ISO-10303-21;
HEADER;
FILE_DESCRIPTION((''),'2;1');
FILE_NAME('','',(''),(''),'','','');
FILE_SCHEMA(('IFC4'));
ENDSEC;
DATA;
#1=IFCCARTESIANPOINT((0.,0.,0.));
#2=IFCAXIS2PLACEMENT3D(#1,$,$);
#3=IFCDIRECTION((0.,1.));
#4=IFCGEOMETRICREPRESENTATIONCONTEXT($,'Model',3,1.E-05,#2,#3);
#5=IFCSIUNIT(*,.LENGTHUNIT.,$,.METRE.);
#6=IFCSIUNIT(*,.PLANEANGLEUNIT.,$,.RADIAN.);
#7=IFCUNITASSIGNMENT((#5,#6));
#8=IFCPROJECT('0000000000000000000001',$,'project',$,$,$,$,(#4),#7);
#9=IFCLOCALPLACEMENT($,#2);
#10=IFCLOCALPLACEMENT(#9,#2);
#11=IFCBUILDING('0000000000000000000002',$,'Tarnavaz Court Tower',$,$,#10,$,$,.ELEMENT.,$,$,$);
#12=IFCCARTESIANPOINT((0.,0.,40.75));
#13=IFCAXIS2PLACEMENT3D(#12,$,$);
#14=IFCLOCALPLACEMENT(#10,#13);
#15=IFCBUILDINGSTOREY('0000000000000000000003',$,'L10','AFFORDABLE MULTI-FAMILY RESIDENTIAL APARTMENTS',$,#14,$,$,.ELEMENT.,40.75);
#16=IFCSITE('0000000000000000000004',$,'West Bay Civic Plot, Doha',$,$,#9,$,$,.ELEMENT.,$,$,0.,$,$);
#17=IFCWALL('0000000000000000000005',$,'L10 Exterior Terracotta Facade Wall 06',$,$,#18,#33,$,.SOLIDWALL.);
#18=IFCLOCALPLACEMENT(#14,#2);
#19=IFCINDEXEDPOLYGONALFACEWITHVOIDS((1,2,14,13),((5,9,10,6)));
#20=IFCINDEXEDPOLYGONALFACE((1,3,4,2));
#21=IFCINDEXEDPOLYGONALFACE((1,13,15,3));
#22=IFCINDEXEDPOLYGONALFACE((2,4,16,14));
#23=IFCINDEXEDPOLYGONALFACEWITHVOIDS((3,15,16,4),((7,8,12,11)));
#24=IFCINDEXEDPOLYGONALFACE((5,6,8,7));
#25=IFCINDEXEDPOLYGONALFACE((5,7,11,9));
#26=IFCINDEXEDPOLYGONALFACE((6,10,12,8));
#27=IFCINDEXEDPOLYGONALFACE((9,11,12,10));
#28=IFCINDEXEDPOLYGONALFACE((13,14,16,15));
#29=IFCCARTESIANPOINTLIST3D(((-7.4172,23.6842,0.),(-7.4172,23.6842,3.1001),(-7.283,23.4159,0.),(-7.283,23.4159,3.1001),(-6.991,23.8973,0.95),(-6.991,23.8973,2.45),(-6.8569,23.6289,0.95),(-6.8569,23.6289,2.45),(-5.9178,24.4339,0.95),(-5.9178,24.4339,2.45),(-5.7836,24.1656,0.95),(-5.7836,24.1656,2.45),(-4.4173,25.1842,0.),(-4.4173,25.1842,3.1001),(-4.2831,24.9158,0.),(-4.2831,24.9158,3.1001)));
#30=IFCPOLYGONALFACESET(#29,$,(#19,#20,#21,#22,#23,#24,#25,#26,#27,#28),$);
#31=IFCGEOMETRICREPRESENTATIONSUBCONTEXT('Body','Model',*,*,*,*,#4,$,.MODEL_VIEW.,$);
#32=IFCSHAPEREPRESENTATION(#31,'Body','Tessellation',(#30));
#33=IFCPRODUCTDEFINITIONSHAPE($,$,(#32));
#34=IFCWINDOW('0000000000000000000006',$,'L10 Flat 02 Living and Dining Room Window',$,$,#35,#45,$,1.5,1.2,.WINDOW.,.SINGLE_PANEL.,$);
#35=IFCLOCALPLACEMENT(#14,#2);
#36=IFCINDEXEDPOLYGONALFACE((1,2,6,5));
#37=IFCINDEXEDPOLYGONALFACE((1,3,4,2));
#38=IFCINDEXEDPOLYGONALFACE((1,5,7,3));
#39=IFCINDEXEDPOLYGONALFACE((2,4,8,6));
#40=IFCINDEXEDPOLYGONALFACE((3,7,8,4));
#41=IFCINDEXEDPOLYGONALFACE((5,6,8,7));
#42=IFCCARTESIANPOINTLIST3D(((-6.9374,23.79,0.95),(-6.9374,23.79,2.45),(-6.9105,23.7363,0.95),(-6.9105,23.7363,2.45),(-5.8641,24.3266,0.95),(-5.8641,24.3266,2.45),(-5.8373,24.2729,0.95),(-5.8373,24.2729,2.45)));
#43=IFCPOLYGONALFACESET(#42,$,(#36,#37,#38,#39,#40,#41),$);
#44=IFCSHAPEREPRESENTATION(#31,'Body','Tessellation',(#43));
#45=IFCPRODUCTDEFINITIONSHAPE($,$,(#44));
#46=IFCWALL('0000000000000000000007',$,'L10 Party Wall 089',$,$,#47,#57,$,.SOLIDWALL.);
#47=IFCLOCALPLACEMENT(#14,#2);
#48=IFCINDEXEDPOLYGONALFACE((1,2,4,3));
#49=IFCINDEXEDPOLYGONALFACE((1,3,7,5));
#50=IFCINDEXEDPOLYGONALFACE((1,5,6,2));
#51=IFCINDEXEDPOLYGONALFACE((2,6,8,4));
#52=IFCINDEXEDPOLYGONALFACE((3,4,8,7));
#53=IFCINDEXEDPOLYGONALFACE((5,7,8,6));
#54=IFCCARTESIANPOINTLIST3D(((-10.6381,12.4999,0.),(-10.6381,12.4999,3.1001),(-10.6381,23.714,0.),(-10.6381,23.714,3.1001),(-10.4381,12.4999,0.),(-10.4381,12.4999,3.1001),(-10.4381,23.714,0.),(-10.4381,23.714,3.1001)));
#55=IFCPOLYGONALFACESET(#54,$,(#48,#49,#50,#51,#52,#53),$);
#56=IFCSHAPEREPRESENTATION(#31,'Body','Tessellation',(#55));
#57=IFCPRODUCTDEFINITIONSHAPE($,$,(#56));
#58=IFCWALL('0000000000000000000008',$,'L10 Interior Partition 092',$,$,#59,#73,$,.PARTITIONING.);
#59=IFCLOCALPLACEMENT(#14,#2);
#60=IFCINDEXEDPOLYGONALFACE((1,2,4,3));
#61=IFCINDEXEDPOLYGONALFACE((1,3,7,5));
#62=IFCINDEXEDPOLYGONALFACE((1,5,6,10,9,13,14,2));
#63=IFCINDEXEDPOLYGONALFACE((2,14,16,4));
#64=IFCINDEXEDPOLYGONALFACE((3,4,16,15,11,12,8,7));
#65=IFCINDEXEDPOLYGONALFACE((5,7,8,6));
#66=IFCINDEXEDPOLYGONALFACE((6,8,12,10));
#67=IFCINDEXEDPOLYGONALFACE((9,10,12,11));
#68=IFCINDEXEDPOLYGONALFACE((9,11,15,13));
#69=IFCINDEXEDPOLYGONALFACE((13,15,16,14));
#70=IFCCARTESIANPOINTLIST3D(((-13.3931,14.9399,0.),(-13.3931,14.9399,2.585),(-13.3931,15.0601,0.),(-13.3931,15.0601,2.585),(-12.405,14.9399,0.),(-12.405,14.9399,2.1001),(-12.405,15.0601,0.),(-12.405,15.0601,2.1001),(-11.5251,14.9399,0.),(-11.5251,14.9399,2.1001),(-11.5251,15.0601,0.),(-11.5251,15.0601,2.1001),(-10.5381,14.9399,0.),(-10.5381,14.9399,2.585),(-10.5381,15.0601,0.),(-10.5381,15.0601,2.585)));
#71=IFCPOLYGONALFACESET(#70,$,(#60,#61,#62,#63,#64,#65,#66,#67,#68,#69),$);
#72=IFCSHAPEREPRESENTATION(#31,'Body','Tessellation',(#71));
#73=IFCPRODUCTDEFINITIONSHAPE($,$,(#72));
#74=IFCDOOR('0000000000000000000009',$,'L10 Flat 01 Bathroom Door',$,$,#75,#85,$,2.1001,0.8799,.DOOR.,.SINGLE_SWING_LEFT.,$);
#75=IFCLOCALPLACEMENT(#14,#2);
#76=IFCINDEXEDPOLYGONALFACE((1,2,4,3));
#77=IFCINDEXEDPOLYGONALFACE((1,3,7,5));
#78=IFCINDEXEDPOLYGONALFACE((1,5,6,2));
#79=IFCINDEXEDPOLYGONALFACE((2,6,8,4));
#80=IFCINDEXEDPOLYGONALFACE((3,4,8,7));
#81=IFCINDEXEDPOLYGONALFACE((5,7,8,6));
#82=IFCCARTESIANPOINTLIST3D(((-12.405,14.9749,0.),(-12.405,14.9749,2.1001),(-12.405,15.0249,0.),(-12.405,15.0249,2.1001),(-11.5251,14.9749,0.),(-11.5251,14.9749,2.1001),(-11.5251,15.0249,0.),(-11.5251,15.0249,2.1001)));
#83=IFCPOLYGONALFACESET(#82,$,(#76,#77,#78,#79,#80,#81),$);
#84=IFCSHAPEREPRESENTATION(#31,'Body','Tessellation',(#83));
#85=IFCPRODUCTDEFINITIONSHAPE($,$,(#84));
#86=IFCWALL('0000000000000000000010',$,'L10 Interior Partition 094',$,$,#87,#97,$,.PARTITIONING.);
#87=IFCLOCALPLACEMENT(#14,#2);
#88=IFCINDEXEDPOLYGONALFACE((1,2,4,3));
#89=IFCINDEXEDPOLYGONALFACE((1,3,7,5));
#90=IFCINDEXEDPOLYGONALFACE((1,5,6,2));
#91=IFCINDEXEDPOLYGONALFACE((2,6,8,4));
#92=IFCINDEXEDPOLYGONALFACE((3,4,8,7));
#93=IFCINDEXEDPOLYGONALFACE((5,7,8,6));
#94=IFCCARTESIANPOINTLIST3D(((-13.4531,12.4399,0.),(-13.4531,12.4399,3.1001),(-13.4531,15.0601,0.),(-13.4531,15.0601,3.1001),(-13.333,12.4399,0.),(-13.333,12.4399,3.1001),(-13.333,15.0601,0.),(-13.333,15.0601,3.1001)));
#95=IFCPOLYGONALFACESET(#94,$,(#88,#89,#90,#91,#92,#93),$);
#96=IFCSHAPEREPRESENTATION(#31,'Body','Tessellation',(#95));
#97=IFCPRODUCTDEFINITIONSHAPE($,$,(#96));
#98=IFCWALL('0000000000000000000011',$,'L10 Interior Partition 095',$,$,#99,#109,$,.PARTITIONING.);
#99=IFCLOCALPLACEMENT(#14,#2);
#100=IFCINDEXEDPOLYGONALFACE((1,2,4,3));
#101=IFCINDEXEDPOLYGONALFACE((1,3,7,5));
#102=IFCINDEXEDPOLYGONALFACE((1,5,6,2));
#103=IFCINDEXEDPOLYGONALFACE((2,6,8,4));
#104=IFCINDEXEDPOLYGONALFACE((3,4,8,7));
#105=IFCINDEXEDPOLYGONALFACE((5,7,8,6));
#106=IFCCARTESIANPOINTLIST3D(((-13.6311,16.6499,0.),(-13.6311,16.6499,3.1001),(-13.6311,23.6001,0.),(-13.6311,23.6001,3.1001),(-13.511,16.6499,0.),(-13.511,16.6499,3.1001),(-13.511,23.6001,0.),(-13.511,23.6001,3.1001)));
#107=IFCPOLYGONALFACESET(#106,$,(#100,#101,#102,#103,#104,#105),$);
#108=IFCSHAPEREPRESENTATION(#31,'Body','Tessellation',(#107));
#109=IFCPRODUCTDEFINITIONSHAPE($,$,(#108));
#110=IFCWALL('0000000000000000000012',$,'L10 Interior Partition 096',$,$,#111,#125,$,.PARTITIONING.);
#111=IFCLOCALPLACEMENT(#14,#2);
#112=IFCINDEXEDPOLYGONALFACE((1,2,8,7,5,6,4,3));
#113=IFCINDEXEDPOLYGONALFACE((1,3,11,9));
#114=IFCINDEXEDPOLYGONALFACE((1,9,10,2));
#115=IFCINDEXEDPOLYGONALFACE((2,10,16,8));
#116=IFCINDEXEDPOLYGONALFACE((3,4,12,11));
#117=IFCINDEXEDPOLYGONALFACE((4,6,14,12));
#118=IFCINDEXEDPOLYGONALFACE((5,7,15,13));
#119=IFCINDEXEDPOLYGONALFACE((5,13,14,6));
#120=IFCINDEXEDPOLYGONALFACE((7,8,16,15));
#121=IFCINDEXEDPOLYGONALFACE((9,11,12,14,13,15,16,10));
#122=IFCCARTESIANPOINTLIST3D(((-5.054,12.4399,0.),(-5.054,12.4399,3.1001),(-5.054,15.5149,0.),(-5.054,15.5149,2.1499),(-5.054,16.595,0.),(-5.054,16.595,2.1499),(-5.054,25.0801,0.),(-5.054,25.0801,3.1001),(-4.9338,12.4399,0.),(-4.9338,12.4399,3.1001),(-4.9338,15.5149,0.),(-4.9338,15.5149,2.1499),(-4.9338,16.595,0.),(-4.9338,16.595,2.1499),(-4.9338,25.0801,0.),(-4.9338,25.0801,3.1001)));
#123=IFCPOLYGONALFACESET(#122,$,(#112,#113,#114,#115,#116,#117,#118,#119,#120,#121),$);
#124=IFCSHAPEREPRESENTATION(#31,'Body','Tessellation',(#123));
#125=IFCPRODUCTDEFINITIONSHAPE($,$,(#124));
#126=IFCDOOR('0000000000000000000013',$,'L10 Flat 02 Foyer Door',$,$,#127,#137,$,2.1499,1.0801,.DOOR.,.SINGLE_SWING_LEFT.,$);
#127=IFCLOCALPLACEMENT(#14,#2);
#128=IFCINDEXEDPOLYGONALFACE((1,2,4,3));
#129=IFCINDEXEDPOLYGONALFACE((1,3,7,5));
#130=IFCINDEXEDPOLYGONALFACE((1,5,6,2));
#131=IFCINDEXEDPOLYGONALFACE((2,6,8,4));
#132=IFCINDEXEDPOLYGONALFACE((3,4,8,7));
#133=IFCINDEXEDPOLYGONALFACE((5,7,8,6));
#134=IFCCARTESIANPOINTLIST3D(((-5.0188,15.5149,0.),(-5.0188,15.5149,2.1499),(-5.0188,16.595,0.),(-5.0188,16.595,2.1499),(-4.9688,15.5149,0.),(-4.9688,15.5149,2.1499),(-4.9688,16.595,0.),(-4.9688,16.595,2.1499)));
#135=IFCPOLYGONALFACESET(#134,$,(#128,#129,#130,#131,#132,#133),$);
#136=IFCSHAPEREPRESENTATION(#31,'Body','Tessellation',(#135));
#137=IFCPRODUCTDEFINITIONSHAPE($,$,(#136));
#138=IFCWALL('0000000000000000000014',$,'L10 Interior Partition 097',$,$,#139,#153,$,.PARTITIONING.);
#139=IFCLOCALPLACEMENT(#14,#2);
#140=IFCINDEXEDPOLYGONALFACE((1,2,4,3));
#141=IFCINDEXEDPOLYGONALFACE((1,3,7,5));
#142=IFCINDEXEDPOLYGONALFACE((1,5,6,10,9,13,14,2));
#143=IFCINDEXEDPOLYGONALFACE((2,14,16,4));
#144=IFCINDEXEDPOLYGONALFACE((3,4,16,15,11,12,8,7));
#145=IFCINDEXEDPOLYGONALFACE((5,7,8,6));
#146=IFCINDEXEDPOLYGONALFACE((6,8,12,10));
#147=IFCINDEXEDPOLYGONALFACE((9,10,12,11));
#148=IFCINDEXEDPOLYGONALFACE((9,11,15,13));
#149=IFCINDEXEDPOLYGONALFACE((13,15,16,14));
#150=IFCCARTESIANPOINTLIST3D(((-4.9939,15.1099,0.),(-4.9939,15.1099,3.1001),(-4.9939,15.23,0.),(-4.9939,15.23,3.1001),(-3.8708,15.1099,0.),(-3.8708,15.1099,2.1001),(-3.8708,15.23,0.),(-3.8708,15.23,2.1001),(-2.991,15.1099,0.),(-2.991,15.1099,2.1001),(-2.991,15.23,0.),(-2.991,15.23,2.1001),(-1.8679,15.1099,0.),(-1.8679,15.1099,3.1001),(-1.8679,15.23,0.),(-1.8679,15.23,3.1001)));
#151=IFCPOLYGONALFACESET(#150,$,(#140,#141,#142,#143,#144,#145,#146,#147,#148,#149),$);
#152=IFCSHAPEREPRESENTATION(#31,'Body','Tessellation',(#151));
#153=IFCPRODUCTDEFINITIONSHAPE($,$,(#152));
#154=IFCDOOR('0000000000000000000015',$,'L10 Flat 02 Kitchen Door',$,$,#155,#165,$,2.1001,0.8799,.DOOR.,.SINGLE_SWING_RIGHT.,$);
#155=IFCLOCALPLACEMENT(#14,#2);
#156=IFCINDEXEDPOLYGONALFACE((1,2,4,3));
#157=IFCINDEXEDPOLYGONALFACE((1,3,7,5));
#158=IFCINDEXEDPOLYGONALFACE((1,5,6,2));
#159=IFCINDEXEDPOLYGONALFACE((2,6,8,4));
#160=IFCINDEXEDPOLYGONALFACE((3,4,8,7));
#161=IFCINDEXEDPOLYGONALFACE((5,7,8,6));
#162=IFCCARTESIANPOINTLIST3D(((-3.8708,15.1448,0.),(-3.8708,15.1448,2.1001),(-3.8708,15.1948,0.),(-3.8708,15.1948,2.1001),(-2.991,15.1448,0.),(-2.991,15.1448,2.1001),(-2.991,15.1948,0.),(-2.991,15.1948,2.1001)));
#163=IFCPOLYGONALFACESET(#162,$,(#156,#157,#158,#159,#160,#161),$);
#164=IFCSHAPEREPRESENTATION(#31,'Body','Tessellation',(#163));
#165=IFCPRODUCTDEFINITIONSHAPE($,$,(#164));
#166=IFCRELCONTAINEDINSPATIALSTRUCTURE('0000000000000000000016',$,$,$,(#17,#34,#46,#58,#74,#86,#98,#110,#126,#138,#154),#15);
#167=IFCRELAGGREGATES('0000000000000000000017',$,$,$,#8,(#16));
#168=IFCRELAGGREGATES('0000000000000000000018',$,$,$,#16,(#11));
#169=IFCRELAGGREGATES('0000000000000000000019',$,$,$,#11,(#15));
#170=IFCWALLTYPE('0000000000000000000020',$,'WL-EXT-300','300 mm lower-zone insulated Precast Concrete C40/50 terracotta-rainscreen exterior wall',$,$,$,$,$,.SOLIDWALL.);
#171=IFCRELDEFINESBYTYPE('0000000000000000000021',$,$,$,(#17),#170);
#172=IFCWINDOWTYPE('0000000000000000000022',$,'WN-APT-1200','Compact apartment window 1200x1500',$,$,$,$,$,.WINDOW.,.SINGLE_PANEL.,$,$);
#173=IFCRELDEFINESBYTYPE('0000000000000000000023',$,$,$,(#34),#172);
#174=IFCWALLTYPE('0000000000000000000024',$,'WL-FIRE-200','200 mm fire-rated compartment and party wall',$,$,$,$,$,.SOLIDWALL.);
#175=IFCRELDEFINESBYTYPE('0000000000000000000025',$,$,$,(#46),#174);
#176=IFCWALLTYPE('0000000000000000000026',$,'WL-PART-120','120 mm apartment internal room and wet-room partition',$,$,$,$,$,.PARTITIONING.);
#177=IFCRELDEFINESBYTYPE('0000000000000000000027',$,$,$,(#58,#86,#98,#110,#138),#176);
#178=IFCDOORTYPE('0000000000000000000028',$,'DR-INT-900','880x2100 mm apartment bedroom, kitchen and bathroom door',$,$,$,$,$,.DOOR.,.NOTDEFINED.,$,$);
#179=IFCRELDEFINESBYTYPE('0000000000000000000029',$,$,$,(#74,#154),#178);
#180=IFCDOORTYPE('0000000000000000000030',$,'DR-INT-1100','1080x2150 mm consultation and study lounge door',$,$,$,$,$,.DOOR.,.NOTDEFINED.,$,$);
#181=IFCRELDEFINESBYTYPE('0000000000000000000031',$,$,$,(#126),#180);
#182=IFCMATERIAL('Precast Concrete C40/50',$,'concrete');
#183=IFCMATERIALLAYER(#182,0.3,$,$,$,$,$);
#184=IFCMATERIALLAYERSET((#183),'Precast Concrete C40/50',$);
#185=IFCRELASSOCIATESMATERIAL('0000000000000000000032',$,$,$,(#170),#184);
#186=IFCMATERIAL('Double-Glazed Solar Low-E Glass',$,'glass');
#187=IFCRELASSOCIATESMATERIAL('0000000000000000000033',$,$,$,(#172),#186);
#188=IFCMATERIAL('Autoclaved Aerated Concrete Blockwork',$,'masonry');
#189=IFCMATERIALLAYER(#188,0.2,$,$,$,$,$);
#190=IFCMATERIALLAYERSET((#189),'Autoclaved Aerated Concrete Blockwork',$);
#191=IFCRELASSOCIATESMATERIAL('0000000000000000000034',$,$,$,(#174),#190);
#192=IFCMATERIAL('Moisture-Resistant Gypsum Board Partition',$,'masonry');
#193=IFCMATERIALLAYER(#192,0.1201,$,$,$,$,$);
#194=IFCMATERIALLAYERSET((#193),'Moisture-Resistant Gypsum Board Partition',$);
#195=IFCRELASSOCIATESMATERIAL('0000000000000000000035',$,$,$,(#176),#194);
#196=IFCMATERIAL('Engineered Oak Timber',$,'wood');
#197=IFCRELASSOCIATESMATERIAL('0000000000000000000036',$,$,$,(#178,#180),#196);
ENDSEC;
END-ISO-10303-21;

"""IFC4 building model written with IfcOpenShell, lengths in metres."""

from ifc_helpers import new_model, si_unit, direction, frame, frame_2d, origin, place, context, subcontext, project, spatial, rectangle, extrude, material, layer, layer_set, type_object, element, fill, save


model = new_model("IFC4")

# Units and contexts
model_context = context("Model", 3, precision=1e-05, world=origin(), true_north=direction((0.0, 1.0)))
body_context = subcontext(model_context, "Body", "Model", "MODEL_VIEW")
ifc_project = project(units=[si_unit("LENGTHUNIT", "METRE"), si_unit("PLANEANGLEUNIT", "RADIAN")], contexts=[model_context])

# Site, building, storey
site_placement = place(None, origin())
site = spatial("IfcSite", under=ifc_project, at=site_placement, Name="West Bay Civic Plot, Doha", CompositionType="ELEMENT", RefElevation=0.0)
building_placement = place(site_placement, origin())
building = spatial("IfcBuilding", under=site, at=building_placement, Name="Tarnavaz Court Tower", CompositionType="ELEMENT")
storey_placement = place(building_placement, frame((0.0, 0.0, 40.75)))
storey = spatial("IfcBuildingStorey", under=building, at=storey_placement, Name="L10", Description="AFFORDABLE MULTI-FAMILY RESIDENTIAL APARTMENTS", CompositionType="ELEMENT", Elevation=40.75)

# Shared definitions
ifc_material_1 = material(Name="Double-Glazed Solar Low-E Glass", Category="glass")

# Wall, opening, window
ifc_material_2 = material(Name="Precast Concrete C40/50", Category="concrete")
ifc_layer_1 = layer(ifc_material_2, 0.3)
ifc_layer_set_1 = layer_set([ifc_layer_1], Name="Precast Concrete C40/50")
wall_type_1 = type_object("IfcWallType", Name="WL-EXT-300", Description="300 mm lower-zone insulated Precast Concrete C40/50 terracotta-rainscreen exterior wall", PredefinedType="SOLIDWALL", material=ifc_layer_set_1)
wall_1_placement = place(storey_placement, frame((-7.3501, 23.55, 0.0), z_axis=(0.0, 0.0, 1.0), x_axis=(0.894427, 0.447214, 0.0)))
wall_1 = element("IfcWall", 1, at=wall_1_placement, inside=storey, type_object=wall_type_1, Name="L10 Exterior Terracotta Facade Wall 06", PredefinedType="SOLIDWALL", context=body_context, shape_type="SweptSolid", body=[
    extrude(rectangle(XDim=3.354, YDim=0.3, at=frame_2d((1.677, 0.0))), origin(), (0.0, 0.0, 1.0), 3.1001),
])
opening_1_placement = place(wall_1_placement, frame((0.4763, 0.0, 0.95)))
opening_1 = element("IfcOpeningElement", 2, at=opening_1_placement, cuts=wall_1, PredefinedType="OPENING", context=body_context, shape_type="SweptSolid", body=[
    extrude(rectangle(XDim=1.2, YDim=1.5, at=frame_2d((0.6001, 0.75))), frame((0.0, 0.1599, 0.0), z_axis=(0.0, -1.0, 0.0), x_axis=(1.0, 0.0, 0.0)), (0.0, 0.0, 1.0), 0.3201),
])
window_type = type_object("IfcWindowType", Name="WN-APT-1200", Description="Compact apartment window 1200x1500", PartitioningType="SINGLE_PANEL", PredefinedType="WINDOW", material=ifc_material_1)
window_placement = place(opening_1_placement, origin())
window = element("IfcWindow", 3, at=window_placement, inside=storey, type_object=window_type, Name="L10 Flat 02 Living and Dining Room Window", OverallHeight=1.5, OverallWidth=1.2, PartitioningType="SINGLE_PANEL", PredefinedType="WINDOW", context=body_context, shape_type="SweptSolid", body=[
    extrude(rectangle(XDim=1.2, YDim=1.5, at=frame_2d((0.6001, 0.75))), frame((0.0, 0.03, 0.0), z_axis=(0.0, -1.0, 0.0), x_axis=(1.0, 0.0, 0.0)), (0.0, 0.0, 1.0), 0.0601),
])
fill(opening_1, window)

# Wall
ifc_material_3 = material(Name="Autoclaved Aerated Concrete Blockwork", Category="masonry")
ifc_layer_2 = layer(ifc_material_3, 0.2)
ifc_layer_set_2 = layer_set([ifc_layer_2], Name="Autoclaved Aerated Concrete Blockwork")
wall_type_2 = type_object("IfcWallType", Name="WL-FIRE-200", Description="200 mm fire-rated compartment and party wall", PredefinedType="SOLIDWALL", material=ifc_layer_set_2)
wall_2_placement = place(storey_placement, frame((-10.5381, 12.5, 0.0), z_axis=(0.0, 0.0, 1.0), x_axis=(0.0, 1.0, 0.0)))
element("IfcWall", 4, at=wall_2_placement, inside=storey, type_object=wall_type_2, Name="L10 Party Wall 089", PredefinedType="SOLIDWALL", context=body_context, shape_type="SweptSolid", body=[
    extrude(rectangle(XDim=11.2141, YDim=0.2, at=frame_2d((5.6069, 0.0))), origin(), (0.0, 0.0, 1.0), 3.1001),
])

# Wall, opening, door
ifc_material_4 = material(Name="Moisture-Resistant Gypsum Board Partition", Category="masonry")
ifc_layer_3 = layer(ifc_material_4, 0.1201)
ifc_layer_set_3 = layer_set([ifc_layer_3], Name="Moisture-Resistant Gypsum Board Partition")
wall_type_3 = type_object("IfcWallType", Name="WL-PART-120", Description="120 mm apartment internal room and wet-room partition", PredefinedType="PARTITIONING", material=ifc_layer_set_3)
wall_3_placement = place(storey_placement, frame((-13.3931, 15.0, 0.0), z_axis=(0.0, 0.0, 1.0), x_axis=(1.0, 0.0, 0.0)))
wall_3 = element("IfcWall", 5, at=wall_3_placement, inside=storey, type_object=wall_type_3, Name="L10 Interior Partition 092", PredefinedType="PARTITIONING", context=body_context, shape_type="SweptSolid", body=[
    extrude(rectangle(XDim=2.855, YDim=0.1201, at=frame_2d((1.4275, 0.0))), origin(), (0.0, 0.0, 1.0), 2.585),
])
opening_2_placement = place(wall_3_placement, frame((0.988, 0.0, 0.0)))
opening_2 = element("IfcOpeningElement", 6, at=opening_2_placement, cuts=wall_3, PredefinedType="OPENING", context=body_context, shape_type="SweptSolid", body=[
    extrude(rectangle(XDim=0.8799, YDim=2.1001, at=frame_2d((0.4399, 1.05))), frame((0.0, 0.0701, 0.0), z_axis=(0.0, -1.0, 0.0), x_axis=(1.0, 0.0, 0.0)), (0.0, 0.0, 1.0), 0.1401),
])
ifc_material_5 = material(Name="Engineered Oak Timber", Category="wood")
door_type_1 = type_object("IfcDoorType", Name="DR-INT-900", Description="880x2100 mm apartment bedroom, kitchen and bathroom door", OperationType="NOTDEFINED", PredefinedType="DOOR", material=ifc_material_5)
door_1_placement = place(opening_2_placement, origin())
door_1 = element("IfcDoor", 7, at=door_1_placement, inside=storey, type_object=door_type_1, Name="L10 Flat 01 Bathroom Door", OperationType="SINGLE_SWING_LEFT", OverallHeight=2.1001, OverallWidth=0.8799, PredefinedType="DOOR", context=body_context, shape_type="SweptSolid", body=[
    extrude(rectangle(XDim=0.8799, YDim=2.1001, at=frame_2d((0.4399, 1.05))), frame((0.0, 0.0249, 0.0), z_axis=(0.0, -1.0, 0.0), x_axis=(1.0, 0.0, 0.0)), (0.0, 0.0, 1.0), 0.05),
])
fill(opening_2, door_1)

# Walls
wall_4_placement = place(storey_placement, frame((-13.3931, 12.4399, 0.0), z_axis=(0.0, 0.0, 1.0), x_axis=(0.0, 1.0, 0.0)))
element("IfcWall", 8, at=wall_4_placement, inside=storey, type_object=wall_type_3, Name="L10 Interior Partition 094", PredefinedType="PARTITIONING", context=body_context, shape_type="SweptSolid", body=[
    extrude(rectangle(XDim=2.6201, YDim=0.1201, at=frame_2d((1.3101, 0.0))), origin(), (0.0, 0.0, 1.0), 3.1001),
])
wall_5_placement = place(storey_placement, frame((-13.571, 16.6499, 0.0), z_axis=(0.0, 0.0, 1.0), x_axis=(0.0, 1.0, 0.0)))
element("IfcWall", 9, at=wall_5_placement, inside=storey, type_object=wall_type_3, Name="L10 Interior Partition 095", PredefinedType="PARTITIONING", context=body_context, shape_type="SweptSolid", body=[
    extrude(rectangle(XDim=6.9502, YDim=0.1201, at=frame_2d((3.4751, 0.0))), origin(), (0.0, 0.0, 1.0), 3.1001),
])

# Walls, openings, doors
wall_6_placement = place(storey_placement, frame((-4.9939, 12.4399, 0.0), z_axis=(0.0, 0.0, 1.0), x_axis=(0.0, 1.0, 0.0)))
wall_6 = element("IfcWall", 10, at=wall_6_placement, inside=storey, type_object=wall_type_3, Name="L10 Interior Partition 096", PredefinedType="PARTITIONING", context=body_context, shape_type="SweptSolid", body=[
    extrude(rectangle(XDim=12.6401, YDim=0.1201, at=frame_2d((6.3201, 0.0))), origin(), (0.0, 0.0, 1.0), 3.1001),
])
opening_3_placement = place(wall_6_placement, frame((3.075, 0.0, 0.0)))
opening_3 = element("IfcOpeningElement", 11, at=opening_3_placement, cuts=wall_6, PredefinedType="OPENING", context=body_context, shape_type="SweptSolid", body=[
    extrude(rectangle(XDim=1.0801, YDim=2.1499, at=frame_2d((0.54, 1.075))), frame((0.0, 0.0701, 0.0), z_axis=(0.0, -1.0, 0.0), x_axis=(1.0, 0.0, 0.0)), (0.0, 0.0, 1.0), 0.1401),
])
door_type_2 = type_object("IfcDoorType", Name="DR-INT-1100", Description="1080x2150 mm consultation and study lounge door", OperationType="NOTDEFINED", PredefinedType="DOOR", material=ifc_material_5)
door_2_placement = place(opening_3_placement, origin())
door_2 = element("IfcDoor", 12, at=door_2_placement, inside=storey, type_object=door_type_2, Name="L10 Flat 02 Foyer Door", OperationType="SINGLE_SWING_LEFT", OverallHeight=2.1499, OverallWidth=1.0801, PredefinedType="DOOR", context=body_context, shape_type="SweptSolid", body=[
    extrude(rectangle(XDim=1.0801, YDim=2.1499, at=frame_2d((0.54, 1.075))), frame((0.0, 0.0249, 0.0), z_axis=(0.0, -1.0, 0.0), x_axis=(1.0, 0.0, 0.0)), (0.0, 0.0, 1.0), 0.05),
])
fill(opening_3, door_2)
wall_7_placement = place(storey_placement, frame((-4.9939, 15.1699, 0.0), z_axis=(0.0, 0.0, 1.0), x_axis=(1.0, 0.0, 0.0)))
wall_7 = element("IfcWall", 13, at=wall_7_placement, inside=storey, type_object=wall_type_3, Name="L10 Interior Partition 097", PredefinedType="PARTITIONING", context=body_context, shape_type="SweptSolid", body=[
    extrude(rectangle(XDim=3.126, YDim=0.1201, at=frame_2d((1.563, 0.0))), origin(), (0.0, 0.0, 1.0), 3.1001),
])
opening_4_placement = place(wall_7_placement, frame((1.123, 0.0, 0.0)))
opening_4 = element("IfcOpeningElement", 14, at=opening_4_placement, cuts=wall_7, PredefinedType="OPENING", context=body_context, shape_type="SweptSolid", body=[
    extrude(rectangle(XDim=0.8799, YDim=2.1001, at=frame_2d((0.4399, 1.05))), frame((0.0, 0.0701, 0.0), z_axis=(0.0, -1.0, 0.0), x_axis=(1.0, 0.0, 0.0)), (0.0, 0.0, 1.0), 0.1401),
])
door_3_placement = place(opening_4_placement, origin())
door_3 = element("IfcDoor", 15, at=door_3_placement, inside=storey, type_object=door_type_1, Name="L10 Flat 02 Kitchen Door", OperationType="SINGLE_SWING_RIGHT", OverallHeight=2.1001, OverallWidth=0.8799, PredefinedType="DOOR", context=body_context, shape_type="SweptSolid", body=[
    extrude(rectangle(XDim=0.8799, YDim=2.1001, at=frame_2d((0.4399, 1.05))), frame((0.0, 0.0249, 0.0), z_axis=(0.0, -1.0, 0.0), x_axis=(1.0, 0.0, 0.0)), (0.0, 0.0, 1.0), 0.05),
])
fill(opening_4, door_3)

save(model, "model.ifc")
